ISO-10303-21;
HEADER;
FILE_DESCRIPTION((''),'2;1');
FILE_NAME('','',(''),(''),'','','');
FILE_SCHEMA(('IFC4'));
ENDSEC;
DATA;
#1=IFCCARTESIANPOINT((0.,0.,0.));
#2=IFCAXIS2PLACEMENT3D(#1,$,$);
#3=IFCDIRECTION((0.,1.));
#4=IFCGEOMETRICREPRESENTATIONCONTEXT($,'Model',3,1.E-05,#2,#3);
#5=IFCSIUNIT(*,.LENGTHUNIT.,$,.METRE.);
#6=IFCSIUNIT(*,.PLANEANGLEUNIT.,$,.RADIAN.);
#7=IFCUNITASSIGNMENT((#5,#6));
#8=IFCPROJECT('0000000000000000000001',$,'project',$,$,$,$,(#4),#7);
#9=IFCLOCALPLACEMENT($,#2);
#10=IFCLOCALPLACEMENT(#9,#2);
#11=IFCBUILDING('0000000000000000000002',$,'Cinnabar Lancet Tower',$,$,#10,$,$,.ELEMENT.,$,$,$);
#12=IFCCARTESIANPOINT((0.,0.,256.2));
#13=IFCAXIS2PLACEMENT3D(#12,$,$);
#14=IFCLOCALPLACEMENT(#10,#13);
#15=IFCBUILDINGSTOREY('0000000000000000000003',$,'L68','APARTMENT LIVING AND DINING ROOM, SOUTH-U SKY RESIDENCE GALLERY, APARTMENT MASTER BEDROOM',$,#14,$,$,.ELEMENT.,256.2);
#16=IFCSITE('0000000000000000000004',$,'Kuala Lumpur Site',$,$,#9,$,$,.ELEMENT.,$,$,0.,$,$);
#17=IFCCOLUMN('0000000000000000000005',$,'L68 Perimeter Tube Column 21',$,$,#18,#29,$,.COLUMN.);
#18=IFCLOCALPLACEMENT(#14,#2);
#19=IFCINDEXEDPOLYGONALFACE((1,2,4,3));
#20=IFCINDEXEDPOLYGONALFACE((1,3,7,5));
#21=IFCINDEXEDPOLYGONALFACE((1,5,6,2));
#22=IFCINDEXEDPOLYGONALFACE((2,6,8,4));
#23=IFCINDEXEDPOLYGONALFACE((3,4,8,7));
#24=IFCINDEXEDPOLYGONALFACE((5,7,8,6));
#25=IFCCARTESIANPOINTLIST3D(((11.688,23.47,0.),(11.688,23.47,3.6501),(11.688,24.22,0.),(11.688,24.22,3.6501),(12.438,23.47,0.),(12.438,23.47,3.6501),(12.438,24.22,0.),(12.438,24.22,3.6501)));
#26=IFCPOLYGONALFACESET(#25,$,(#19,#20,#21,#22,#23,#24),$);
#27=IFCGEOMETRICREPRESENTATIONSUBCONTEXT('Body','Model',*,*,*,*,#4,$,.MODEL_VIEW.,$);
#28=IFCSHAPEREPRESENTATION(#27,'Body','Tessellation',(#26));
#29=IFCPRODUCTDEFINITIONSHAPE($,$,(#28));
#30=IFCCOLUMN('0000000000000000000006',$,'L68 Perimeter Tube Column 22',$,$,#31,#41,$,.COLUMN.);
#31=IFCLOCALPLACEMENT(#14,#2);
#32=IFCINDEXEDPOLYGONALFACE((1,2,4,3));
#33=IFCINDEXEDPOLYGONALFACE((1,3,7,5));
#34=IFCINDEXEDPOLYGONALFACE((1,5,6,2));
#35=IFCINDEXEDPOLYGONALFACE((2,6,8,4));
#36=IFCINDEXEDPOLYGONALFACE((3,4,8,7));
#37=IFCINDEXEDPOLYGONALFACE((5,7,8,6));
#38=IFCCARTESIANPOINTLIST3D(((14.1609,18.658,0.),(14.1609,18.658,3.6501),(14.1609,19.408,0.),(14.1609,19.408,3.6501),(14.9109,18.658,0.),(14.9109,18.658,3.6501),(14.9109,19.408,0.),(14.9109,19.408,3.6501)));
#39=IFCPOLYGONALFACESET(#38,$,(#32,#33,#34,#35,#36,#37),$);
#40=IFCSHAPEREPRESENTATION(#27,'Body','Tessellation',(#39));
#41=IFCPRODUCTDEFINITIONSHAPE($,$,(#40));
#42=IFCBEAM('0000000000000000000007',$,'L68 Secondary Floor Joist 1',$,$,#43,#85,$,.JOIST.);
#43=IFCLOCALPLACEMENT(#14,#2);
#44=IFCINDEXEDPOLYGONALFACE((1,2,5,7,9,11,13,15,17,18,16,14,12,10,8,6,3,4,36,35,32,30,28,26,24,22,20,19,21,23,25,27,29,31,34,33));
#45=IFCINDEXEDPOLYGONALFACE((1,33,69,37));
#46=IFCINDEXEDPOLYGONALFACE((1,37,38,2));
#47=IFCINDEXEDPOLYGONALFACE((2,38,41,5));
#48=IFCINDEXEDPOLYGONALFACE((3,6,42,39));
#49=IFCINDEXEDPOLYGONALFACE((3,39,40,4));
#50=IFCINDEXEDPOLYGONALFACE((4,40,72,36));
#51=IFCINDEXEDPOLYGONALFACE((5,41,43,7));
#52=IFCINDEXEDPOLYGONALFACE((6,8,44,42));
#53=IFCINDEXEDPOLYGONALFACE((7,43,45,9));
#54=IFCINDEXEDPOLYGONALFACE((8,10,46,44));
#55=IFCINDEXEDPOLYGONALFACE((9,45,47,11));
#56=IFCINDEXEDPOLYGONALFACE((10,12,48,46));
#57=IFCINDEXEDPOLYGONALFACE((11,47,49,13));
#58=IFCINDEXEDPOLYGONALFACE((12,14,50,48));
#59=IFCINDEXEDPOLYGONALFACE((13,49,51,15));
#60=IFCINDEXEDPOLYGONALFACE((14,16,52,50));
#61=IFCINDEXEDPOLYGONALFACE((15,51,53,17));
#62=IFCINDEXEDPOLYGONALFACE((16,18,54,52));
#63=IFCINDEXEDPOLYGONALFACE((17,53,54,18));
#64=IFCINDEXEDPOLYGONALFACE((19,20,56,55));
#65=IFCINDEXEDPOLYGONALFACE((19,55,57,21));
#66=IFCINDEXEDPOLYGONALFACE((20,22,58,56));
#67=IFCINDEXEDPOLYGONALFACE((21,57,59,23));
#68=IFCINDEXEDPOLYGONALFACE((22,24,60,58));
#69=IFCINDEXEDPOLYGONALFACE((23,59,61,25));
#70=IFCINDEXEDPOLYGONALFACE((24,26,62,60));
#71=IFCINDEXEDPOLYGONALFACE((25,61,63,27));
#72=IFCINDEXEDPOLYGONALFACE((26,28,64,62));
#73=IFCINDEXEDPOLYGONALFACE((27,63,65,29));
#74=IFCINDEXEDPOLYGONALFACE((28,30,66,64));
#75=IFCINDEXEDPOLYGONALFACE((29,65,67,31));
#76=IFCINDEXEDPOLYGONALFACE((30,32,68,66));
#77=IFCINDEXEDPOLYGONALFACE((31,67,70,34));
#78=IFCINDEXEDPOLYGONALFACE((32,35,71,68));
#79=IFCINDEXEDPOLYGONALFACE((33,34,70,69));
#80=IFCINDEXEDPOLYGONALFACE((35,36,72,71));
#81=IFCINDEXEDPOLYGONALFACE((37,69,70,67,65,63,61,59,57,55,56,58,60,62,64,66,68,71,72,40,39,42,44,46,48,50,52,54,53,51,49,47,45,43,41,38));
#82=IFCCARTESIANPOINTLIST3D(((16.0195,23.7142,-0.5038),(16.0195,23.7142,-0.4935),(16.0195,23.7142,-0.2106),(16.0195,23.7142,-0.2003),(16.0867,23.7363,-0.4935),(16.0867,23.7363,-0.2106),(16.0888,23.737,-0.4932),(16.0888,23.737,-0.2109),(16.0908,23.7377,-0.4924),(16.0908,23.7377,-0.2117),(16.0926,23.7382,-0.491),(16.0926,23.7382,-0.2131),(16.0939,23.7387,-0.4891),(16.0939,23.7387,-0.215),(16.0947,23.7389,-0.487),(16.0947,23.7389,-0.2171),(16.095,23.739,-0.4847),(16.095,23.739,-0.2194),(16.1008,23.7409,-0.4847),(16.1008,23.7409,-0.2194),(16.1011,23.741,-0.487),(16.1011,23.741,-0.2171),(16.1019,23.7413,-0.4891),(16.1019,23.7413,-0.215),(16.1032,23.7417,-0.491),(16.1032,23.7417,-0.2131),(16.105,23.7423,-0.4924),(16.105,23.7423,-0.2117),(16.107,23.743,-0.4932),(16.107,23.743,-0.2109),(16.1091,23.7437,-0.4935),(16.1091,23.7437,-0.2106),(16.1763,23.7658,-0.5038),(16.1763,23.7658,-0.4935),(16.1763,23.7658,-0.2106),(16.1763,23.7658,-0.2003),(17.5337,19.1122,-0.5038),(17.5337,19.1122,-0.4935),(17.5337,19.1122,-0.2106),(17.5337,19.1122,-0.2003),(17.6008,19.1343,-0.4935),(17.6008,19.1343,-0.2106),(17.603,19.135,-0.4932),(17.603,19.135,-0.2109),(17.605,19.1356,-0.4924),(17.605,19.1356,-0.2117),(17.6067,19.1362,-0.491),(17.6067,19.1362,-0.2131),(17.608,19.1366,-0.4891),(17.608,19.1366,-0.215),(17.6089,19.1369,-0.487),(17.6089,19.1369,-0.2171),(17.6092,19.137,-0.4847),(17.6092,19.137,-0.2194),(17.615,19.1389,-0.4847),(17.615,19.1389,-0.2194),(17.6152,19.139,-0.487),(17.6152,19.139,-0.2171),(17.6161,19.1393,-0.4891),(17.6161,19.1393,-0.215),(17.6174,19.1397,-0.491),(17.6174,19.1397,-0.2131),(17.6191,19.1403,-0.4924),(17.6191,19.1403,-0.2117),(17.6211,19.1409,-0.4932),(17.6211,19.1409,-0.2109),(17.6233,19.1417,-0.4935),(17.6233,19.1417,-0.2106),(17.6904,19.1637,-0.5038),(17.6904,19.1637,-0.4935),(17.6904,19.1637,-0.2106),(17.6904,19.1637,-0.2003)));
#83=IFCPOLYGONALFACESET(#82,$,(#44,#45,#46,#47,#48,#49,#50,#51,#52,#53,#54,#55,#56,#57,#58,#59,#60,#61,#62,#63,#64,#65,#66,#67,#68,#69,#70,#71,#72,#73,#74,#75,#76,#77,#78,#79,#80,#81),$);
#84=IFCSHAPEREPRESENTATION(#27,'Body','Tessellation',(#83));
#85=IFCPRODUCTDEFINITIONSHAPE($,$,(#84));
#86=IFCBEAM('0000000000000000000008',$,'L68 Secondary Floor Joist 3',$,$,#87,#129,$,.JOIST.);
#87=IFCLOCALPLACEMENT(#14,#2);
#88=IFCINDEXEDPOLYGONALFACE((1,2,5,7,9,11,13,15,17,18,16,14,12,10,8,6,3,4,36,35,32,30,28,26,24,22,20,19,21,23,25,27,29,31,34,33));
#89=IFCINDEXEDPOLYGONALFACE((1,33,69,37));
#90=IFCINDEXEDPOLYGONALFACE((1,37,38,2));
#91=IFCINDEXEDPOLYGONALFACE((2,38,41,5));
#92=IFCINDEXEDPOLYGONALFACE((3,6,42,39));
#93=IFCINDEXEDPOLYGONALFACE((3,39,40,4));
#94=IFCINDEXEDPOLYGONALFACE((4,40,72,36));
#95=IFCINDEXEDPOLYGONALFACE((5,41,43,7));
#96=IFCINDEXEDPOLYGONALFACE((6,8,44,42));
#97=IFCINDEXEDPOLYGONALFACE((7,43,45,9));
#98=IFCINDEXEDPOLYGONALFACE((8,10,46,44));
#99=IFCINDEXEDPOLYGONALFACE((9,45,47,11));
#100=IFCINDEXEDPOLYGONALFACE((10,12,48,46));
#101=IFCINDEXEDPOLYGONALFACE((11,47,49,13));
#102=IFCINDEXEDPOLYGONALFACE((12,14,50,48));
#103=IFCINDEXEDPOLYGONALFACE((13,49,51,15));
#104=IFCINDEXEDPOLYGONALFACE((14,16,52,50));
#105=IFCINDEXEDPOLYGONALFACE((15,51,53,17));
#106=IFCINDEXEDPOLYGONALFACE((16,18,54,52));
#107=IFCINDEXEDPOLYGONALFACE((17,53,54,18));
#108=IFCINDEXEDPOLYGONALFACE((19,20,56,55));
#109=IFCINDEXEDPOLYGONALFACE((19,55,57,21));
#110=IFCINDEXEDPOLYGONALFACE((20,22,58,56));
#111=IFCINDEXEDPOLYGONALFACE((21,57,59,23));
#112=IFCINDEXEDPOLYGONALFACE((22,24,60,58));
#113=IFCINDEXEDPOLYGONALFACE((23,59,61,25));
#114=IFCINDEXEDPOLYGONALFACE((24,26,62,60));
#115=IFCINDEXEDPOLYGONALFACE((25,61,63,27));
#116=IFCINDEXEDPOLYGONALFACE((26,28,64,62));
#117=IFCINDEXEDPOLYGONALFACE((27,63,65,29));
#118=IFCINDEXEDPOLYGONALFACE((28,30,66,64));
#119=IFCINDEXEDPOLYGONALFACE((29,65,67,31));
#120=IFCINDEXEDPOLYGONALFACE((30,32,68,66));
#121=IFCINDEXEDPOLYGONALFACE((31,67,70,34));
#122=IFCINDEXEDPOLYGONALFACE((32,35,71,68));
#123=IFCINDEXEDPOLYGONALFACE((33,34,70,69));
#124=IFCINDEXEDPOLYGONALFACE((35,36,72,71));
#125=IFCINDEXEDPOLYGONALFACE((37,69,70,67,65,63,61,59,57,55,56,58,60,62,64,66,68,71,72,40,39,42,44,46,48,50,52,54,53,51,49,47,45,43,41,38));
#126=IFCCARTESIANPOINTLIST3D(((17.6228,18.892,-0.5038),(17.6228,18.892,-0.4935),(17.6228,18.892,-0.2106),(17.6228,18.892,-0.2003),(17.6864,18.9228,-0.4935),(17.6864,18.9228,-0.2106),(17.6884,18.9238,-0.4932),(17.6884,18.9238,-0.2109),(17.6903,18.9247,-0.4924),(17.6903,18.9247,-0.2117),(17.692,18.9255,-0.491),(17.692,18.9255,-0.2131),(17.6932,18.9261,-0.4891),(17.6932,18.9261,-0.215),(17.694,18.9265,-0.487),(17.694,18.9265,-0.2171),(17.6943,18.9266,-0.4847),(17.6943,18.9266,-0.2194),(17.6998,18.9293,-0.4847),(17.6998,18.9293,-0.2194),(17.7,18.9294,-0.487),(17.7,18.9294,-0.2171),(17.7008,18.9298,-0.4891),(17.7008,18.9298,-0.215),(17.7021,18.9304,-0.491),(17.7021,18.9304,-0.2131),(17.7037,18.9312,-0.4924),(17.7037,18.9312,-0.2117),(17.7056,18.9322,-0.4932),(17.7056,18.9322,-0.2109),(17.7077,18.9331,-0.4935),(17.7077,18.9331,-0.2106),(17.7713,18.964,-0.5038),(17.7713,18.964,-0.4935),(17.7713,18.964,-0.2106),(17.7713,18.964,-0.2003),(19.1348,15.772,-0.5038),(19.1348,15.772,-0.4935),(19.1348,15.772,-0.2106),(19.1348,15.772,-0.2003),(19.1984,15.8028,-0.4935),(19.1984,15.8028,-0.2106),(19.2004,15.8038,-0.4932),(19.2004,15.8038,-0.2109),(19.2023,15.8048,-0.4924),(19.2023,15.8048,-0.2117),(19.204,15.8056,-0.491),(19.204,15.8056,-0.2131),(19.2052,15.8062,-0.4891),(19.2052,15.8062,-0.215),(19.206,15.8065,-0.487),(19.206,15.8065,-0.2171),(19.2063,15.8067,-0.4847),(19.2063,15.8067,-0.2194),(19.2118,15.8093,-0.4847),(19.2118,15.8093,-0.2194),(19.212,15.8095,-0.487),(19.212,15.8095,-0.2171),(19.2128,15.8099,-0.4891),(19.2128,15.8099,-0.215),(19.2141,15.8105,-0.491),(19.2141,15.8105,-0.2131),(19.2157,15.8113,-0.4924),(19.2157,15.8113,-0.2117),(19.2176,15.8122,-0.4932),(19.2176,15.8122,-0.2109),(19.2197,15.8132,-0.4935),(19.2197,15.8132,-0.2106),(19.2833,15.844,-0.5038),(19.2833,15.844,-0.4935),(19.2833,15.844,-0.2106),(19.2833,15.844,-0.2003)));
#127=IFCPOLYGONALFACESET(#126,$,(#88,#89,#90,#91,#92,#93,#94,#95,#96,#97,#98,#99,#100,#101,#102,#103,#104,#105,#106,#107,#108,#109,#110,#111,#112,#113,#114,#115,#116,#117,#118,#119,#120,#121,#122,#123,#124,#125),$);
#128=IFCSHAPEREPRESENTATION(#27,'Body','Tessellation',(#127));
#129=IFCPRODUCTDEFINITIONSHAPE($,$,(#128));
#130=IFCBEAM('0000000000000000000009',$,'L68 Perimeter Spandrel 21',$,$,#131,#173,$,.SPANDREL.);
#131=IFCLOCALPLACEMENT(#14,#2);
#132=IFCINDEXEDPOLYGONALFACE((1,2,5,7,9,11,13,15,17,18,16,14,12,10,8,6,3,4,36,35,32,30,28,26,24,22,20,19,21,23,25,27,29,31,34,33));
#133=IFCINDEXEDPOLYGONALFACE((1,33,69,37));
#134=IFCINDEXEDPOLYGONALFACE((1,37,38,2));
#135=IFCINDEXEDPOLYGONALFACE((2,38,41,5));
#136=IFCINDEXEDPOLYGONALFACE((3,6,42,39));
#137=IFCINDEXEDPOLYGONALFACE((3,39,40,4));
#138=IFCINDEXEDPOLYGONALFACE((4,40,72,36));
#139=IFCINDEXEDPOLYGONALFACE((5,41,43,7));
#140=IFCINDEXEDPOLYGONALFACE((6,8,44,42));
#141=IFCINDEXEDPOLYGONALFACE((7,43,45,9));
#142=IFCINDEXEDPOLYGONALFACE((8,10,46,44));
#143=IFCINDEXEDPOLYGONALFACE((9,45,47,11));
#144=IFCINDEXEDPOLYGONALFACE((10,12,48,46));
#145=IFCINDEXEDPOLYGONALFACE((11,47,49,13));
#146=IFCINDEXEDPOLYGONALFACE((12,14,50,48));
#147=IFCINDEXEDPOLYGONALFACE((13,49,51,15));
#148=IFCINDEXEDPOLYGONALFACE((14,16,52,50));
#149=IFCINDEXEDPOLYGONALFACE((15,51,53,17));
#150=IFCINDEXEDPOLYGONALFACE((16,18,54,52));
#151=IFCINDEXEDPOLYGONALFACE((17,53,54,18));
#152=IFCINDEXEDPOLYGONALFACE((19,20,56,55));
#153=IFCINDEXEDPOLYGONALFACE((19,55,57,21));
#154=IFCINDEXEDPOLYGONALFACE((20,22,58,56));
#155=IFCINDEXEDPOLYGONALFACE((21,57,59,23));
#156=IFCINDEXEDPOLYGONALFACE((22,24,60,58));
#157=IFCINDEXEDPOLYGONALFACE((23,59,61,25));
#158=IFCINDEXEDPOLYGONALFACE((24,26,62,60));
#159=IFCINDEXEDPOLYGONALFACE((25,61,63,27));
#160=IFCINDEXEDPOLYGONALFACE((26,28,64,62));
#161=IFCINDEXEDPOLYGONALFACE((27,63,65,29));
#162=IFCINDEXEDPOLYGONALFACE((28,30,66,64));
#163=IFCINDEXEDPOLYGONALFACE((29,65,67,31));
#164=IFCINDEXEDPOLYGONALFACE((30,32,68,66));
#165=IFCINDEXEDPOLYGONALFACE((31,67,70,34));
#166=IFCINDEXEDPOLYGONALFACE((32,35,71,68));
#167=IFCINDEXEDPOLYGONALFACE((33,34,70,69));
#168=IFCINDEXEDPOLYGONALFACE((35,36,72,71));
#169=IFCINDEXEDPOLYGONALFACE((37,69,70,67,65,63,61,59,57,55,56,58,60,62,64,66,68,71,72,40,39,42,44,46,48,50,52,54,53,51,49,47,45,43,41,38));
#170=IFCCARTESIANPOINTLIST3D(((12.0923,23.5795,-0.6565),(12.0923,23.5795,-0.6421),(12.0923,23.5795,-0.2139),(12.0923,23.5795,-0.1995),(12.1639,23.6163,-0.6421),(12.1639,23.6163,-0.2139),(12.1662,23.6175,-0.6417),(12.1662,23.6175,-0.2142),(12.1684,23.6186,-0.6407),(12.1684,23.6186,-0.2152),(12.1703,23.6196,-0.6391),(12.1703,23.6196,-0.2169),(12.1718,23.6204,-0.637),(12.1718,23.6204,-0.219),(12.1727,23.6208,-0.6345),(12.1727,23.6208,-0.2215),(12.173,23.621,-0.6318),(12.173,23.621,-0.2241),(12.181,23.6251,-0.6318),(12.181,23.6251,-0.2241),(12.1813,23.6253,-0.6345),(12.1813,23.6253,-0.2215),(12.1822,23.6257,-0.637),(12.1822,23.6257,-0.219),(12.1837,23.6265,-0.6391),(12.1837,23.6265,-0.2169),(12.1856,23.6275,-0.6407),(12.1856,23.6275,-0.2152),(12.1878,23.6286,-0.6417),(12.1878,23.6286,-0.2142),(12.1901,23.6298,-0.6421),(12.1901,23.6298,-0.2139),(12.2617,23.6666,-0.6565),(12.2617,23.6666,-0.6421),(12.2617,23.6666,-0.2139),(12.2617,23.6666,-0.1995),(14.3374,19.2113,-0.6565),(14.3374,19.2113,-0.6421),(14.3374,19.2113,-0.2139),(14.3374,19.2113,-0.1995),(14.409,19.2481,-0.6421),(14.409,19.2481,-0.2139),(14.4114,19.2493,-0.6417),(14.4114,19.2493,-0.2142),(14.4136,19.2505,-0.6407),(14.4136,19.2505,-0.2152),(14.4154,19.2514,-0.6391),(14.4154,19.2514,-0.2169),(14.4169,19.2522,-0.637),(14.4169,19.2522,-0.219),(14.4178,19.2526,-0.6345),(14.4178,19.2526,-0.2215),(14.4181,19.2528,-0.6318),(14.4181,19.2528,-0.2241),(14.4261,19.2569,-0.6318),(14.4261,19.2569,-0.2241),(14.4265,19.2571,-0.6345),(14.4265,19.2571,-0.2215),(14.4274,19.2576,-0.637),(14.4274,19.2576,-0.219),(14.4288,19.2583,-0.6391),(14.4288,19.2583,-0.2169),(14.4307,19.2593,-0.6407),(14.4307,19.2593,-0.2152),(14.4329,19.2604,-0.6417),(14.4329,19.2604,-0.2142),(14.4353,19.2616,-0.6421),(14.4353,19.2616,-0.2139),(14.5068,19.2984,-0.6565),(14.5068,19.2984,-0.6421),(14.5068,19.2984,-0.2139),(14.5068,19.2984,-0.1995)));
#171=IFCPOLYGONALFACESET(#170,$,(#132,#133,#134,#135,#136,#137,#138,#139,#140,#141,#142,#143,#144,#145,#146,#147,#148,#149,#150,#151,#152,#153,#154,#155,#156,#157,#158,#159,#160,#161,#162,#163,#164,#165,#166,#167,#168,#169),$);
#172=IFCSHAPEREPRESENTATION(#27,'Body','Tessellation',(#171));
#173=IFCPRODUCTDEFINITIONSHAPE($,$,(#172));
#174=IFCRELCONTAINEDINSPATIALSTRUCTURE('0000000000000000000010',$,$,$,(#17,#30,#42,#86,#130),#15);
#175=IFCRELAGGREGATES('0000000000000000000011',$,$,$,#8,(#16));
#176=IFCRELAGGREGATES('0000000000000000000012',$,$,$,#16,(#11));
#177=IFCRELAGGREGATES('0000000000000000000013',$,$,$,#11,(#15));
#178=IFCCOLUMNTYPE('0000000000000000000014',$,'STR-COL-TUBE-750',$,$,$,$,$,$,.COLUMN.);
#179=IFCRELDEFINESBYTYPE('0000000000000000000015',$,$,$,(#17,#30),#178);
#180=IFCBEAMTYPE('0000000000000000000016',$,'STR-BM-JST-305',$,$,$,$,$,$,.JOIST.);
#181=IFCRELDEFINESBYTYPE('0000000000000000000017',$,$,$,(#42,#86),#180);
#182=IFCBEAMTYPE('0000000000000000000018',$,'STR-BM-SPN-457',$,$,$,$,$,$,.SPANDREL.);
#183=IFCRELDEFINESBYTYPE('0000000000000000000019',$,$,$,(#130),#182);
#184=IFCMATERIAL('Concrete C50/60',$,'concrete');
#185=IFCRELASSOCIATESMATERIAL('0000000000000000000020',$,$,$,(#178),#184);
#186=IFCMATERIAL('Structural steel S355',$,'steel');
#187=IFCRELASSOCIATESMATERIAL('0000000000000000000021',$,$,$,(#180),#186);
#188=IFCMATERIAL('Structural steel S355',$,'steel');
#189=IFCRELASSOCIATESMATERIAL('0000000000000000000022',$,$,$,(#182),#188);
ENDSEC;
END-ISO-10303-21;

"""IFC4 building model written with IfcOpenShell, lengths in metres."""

from ifc_helpers import new_model, si_unit, direction, frame, origin, origin_2d, place, context, subcontext, project, spatial, rectangle, i_section, extrude, material, material_profile, profile_set, type_object, element, save


model = new_model("IFC4")

# Units and contexts
model_context = context("Model", 3, precision=1e-05, world=origin(), true_north=direction((0.0, 1.0)))
body_context = subcontext(model_context, "Body", "Model", "MODEL_VIEW")
ifc_project = project(units=[si_unit("LENGTHUNIT", "METRE"), si_unit("PLANEANGLEUNIT", "RADIAN")], contexts=[model_context])

# Site, building, storey
site_placement = place(None, origin())
site = spatial("IfcSite", under=ifc_project, at=site_placement, Name="Kuala Lumpur Site", CompositionType="ELEMENT", RefElevation=0.0)
building_placement = place(site_placement, origin())
building = spatial("IfcBuilding", under=site, at=building_placement, Name="Cinnabar Lancet Tower", CompositionType="ELEMENT")
storey_placement = place(building_placement, frame((0.0, 0.0, 256.2)))
storey = spatial("IfcBuildingStorey", under=building, at=storey_placement, Name="L68", Description="APARTMENT LIVING AND DINING ROOM, SOUTH-U SKY RESIDENCE GALLERY, APARTMENT MASTER BEDROOM", CompositionType="ELEMENT", Elevation=256.2)

# Columns
ifc_material_1 = material(Name="Concrete C50/60", Category="concrete")
ifc_material_profile_1 = material_profile(ifc_material_1, rectangle(XDim=0.75, YDim=0.75, at=origin_2d()), Name="RC-COL 750x750")
ifc_profile_set_1 = profile_set([ifc_material_profile_1], Name="Concrete C50/60")
column_type = type_object("IfcColumnType", Name="STR-COL-TUBE-750", PredefinedType="COLUMN", material=ifc_profile_set_1)
for number, where, z_axis, x_axis, name in (
    (1, (12.063, 23.845, 0.0), (0.0, 0.0, 1.0), (1.0, 0.0, 0.0), "L68 Perimeter Tube Column 21"),
    (2, (14.5359, 19.033, 0.0), (0.0, 0.0, 1.0), (1.0, 0.0, 0.0), "L68 Perimeter Tube Column 22"),
):
    element("IfcColumn", number, at=place(storey_placement, frame(where, z_axis=z_axis, x_axis=x_axis)), inside=storey, type_object=column_type, Name=name, PredefinedType="COLUMN", context=body_context, shape_type="SweptSolid", body=[
        extrude(rectangle(XDim=0.75, YDim=0.75, at=origin_2d()), origin(), (0.0, 0.0, 1.0), 3.6501),
    ])

# Beams
ifc_material_2 = material(Name="Structural steel S355", Category="steel")
ifc_material_profile_2 = material_profile(ifc_material_2, i_section(OverallWidth=0.165, OverallDepth=0.3035, WebThickness=0.0061, FlangeThickness=0.0103, FilletRadius=0.0088, at=origin_2d()), Name="UKB 305x165x40")
ifc_profile_set_2 = profile_set([ifc_material_profile_2], Name="Structural steel S355")
beam_type_1 = type_object("IfcBeamType", Name="STR-BM-JST-305", PredefinedType="JOIST", material=ifc_profile_set_2)
beam_1_placement = place(storey_placement, frame((16.0979, 23.74, -0.3521), z_axis=(0.312537, -0.949906, 0.0), x_axis=(0.949906, 0.312537, 0.0)))
element("IfcBeam", 3, at=beam_1_placement, inside=storey, type_object=beam_type_1, Name="L68 Secondary Floor Joist 1", PredefinedType="JOIST", context=body_context, shape_type="SweptSolid", body=[
    extrude(i_section(OverallWidth=0.165, OverallDepth=0.3035, WebThickness=0.0061, FlangeThickness=0.0103, FilletRadius=0.0088, at=origin_2d()), origin(), (0.0, 0.0, 1.0), 4.8447),
])
beam_2_placement = place(storey_placement, frame((17.697, 18.928, -0.3521), z_axis=(0.436109, -0.899894, 0.0), x_axis=(0.899894, 0.436109, 0.0)))
element("IfcBeam", 4, at=beam_2_placement, inside=storey, type_object=beam_type_1, Name="L68 Secondary Floor Joist 3", PredefinedType="JOIST", context=body_context, shape_type="SweptSolid", body=[
    extrude(i_section(OverallWidth=0.165, OverallDepth=0.3035, WebThickness=0.0061, FlangeThickness=0.0103, FilletRadius=0.0088, at=origin_2d()), origin(), (0.0, 0.0, 1.0), 3.467),
])
ifc_material_3 = material(Name="Structural steel S355", Category="steel")
ifc_material_profile_3 = material_profile(ifc_material_3, i_section(OverallWidth=0.1904, OverallDepth=0.457, WebThickness=0.009, FlangeThickness=0.0144, FilletRadius=0.0103, at=origin_2d()), Name="UKB 457x191x74")
ifc_profile_set_3 = profile_set([ifc_material_profile_3], Name="Structural steel S355")
beam_type_2 = type_object("IfcBeamType", Name="STR-BM-SPN-457", PredefinedType="SPANDREL", material=ifc_profile_set_3)
beam_3_placement = place(storey_placement, frame((12.177, 23.623, -0.428), z_axis=(0.457128, -0.889401, 0.0), x_axis=(0.889401, 0.457128, 0.0)))
element("IfcBeam", 5, at=beam_3_placement, inside=storey, type_object=beam_type_2, Name="L68 Perimeter Spandrel 21", PredefinedType="SPANDREL", context=body_context, shape_type="SweptSolid", body=[
    extrude(i_section(OverallWidth=0.1904, OverallDepth=0.457, WebThickness=0.009, FlangeThickness=0.0144, FilletRadius=0.0103, at=origin_2d()), origin(), (0.0, 0.0, 1.0), 4.9114),
])

save(model, "model.ifc")
